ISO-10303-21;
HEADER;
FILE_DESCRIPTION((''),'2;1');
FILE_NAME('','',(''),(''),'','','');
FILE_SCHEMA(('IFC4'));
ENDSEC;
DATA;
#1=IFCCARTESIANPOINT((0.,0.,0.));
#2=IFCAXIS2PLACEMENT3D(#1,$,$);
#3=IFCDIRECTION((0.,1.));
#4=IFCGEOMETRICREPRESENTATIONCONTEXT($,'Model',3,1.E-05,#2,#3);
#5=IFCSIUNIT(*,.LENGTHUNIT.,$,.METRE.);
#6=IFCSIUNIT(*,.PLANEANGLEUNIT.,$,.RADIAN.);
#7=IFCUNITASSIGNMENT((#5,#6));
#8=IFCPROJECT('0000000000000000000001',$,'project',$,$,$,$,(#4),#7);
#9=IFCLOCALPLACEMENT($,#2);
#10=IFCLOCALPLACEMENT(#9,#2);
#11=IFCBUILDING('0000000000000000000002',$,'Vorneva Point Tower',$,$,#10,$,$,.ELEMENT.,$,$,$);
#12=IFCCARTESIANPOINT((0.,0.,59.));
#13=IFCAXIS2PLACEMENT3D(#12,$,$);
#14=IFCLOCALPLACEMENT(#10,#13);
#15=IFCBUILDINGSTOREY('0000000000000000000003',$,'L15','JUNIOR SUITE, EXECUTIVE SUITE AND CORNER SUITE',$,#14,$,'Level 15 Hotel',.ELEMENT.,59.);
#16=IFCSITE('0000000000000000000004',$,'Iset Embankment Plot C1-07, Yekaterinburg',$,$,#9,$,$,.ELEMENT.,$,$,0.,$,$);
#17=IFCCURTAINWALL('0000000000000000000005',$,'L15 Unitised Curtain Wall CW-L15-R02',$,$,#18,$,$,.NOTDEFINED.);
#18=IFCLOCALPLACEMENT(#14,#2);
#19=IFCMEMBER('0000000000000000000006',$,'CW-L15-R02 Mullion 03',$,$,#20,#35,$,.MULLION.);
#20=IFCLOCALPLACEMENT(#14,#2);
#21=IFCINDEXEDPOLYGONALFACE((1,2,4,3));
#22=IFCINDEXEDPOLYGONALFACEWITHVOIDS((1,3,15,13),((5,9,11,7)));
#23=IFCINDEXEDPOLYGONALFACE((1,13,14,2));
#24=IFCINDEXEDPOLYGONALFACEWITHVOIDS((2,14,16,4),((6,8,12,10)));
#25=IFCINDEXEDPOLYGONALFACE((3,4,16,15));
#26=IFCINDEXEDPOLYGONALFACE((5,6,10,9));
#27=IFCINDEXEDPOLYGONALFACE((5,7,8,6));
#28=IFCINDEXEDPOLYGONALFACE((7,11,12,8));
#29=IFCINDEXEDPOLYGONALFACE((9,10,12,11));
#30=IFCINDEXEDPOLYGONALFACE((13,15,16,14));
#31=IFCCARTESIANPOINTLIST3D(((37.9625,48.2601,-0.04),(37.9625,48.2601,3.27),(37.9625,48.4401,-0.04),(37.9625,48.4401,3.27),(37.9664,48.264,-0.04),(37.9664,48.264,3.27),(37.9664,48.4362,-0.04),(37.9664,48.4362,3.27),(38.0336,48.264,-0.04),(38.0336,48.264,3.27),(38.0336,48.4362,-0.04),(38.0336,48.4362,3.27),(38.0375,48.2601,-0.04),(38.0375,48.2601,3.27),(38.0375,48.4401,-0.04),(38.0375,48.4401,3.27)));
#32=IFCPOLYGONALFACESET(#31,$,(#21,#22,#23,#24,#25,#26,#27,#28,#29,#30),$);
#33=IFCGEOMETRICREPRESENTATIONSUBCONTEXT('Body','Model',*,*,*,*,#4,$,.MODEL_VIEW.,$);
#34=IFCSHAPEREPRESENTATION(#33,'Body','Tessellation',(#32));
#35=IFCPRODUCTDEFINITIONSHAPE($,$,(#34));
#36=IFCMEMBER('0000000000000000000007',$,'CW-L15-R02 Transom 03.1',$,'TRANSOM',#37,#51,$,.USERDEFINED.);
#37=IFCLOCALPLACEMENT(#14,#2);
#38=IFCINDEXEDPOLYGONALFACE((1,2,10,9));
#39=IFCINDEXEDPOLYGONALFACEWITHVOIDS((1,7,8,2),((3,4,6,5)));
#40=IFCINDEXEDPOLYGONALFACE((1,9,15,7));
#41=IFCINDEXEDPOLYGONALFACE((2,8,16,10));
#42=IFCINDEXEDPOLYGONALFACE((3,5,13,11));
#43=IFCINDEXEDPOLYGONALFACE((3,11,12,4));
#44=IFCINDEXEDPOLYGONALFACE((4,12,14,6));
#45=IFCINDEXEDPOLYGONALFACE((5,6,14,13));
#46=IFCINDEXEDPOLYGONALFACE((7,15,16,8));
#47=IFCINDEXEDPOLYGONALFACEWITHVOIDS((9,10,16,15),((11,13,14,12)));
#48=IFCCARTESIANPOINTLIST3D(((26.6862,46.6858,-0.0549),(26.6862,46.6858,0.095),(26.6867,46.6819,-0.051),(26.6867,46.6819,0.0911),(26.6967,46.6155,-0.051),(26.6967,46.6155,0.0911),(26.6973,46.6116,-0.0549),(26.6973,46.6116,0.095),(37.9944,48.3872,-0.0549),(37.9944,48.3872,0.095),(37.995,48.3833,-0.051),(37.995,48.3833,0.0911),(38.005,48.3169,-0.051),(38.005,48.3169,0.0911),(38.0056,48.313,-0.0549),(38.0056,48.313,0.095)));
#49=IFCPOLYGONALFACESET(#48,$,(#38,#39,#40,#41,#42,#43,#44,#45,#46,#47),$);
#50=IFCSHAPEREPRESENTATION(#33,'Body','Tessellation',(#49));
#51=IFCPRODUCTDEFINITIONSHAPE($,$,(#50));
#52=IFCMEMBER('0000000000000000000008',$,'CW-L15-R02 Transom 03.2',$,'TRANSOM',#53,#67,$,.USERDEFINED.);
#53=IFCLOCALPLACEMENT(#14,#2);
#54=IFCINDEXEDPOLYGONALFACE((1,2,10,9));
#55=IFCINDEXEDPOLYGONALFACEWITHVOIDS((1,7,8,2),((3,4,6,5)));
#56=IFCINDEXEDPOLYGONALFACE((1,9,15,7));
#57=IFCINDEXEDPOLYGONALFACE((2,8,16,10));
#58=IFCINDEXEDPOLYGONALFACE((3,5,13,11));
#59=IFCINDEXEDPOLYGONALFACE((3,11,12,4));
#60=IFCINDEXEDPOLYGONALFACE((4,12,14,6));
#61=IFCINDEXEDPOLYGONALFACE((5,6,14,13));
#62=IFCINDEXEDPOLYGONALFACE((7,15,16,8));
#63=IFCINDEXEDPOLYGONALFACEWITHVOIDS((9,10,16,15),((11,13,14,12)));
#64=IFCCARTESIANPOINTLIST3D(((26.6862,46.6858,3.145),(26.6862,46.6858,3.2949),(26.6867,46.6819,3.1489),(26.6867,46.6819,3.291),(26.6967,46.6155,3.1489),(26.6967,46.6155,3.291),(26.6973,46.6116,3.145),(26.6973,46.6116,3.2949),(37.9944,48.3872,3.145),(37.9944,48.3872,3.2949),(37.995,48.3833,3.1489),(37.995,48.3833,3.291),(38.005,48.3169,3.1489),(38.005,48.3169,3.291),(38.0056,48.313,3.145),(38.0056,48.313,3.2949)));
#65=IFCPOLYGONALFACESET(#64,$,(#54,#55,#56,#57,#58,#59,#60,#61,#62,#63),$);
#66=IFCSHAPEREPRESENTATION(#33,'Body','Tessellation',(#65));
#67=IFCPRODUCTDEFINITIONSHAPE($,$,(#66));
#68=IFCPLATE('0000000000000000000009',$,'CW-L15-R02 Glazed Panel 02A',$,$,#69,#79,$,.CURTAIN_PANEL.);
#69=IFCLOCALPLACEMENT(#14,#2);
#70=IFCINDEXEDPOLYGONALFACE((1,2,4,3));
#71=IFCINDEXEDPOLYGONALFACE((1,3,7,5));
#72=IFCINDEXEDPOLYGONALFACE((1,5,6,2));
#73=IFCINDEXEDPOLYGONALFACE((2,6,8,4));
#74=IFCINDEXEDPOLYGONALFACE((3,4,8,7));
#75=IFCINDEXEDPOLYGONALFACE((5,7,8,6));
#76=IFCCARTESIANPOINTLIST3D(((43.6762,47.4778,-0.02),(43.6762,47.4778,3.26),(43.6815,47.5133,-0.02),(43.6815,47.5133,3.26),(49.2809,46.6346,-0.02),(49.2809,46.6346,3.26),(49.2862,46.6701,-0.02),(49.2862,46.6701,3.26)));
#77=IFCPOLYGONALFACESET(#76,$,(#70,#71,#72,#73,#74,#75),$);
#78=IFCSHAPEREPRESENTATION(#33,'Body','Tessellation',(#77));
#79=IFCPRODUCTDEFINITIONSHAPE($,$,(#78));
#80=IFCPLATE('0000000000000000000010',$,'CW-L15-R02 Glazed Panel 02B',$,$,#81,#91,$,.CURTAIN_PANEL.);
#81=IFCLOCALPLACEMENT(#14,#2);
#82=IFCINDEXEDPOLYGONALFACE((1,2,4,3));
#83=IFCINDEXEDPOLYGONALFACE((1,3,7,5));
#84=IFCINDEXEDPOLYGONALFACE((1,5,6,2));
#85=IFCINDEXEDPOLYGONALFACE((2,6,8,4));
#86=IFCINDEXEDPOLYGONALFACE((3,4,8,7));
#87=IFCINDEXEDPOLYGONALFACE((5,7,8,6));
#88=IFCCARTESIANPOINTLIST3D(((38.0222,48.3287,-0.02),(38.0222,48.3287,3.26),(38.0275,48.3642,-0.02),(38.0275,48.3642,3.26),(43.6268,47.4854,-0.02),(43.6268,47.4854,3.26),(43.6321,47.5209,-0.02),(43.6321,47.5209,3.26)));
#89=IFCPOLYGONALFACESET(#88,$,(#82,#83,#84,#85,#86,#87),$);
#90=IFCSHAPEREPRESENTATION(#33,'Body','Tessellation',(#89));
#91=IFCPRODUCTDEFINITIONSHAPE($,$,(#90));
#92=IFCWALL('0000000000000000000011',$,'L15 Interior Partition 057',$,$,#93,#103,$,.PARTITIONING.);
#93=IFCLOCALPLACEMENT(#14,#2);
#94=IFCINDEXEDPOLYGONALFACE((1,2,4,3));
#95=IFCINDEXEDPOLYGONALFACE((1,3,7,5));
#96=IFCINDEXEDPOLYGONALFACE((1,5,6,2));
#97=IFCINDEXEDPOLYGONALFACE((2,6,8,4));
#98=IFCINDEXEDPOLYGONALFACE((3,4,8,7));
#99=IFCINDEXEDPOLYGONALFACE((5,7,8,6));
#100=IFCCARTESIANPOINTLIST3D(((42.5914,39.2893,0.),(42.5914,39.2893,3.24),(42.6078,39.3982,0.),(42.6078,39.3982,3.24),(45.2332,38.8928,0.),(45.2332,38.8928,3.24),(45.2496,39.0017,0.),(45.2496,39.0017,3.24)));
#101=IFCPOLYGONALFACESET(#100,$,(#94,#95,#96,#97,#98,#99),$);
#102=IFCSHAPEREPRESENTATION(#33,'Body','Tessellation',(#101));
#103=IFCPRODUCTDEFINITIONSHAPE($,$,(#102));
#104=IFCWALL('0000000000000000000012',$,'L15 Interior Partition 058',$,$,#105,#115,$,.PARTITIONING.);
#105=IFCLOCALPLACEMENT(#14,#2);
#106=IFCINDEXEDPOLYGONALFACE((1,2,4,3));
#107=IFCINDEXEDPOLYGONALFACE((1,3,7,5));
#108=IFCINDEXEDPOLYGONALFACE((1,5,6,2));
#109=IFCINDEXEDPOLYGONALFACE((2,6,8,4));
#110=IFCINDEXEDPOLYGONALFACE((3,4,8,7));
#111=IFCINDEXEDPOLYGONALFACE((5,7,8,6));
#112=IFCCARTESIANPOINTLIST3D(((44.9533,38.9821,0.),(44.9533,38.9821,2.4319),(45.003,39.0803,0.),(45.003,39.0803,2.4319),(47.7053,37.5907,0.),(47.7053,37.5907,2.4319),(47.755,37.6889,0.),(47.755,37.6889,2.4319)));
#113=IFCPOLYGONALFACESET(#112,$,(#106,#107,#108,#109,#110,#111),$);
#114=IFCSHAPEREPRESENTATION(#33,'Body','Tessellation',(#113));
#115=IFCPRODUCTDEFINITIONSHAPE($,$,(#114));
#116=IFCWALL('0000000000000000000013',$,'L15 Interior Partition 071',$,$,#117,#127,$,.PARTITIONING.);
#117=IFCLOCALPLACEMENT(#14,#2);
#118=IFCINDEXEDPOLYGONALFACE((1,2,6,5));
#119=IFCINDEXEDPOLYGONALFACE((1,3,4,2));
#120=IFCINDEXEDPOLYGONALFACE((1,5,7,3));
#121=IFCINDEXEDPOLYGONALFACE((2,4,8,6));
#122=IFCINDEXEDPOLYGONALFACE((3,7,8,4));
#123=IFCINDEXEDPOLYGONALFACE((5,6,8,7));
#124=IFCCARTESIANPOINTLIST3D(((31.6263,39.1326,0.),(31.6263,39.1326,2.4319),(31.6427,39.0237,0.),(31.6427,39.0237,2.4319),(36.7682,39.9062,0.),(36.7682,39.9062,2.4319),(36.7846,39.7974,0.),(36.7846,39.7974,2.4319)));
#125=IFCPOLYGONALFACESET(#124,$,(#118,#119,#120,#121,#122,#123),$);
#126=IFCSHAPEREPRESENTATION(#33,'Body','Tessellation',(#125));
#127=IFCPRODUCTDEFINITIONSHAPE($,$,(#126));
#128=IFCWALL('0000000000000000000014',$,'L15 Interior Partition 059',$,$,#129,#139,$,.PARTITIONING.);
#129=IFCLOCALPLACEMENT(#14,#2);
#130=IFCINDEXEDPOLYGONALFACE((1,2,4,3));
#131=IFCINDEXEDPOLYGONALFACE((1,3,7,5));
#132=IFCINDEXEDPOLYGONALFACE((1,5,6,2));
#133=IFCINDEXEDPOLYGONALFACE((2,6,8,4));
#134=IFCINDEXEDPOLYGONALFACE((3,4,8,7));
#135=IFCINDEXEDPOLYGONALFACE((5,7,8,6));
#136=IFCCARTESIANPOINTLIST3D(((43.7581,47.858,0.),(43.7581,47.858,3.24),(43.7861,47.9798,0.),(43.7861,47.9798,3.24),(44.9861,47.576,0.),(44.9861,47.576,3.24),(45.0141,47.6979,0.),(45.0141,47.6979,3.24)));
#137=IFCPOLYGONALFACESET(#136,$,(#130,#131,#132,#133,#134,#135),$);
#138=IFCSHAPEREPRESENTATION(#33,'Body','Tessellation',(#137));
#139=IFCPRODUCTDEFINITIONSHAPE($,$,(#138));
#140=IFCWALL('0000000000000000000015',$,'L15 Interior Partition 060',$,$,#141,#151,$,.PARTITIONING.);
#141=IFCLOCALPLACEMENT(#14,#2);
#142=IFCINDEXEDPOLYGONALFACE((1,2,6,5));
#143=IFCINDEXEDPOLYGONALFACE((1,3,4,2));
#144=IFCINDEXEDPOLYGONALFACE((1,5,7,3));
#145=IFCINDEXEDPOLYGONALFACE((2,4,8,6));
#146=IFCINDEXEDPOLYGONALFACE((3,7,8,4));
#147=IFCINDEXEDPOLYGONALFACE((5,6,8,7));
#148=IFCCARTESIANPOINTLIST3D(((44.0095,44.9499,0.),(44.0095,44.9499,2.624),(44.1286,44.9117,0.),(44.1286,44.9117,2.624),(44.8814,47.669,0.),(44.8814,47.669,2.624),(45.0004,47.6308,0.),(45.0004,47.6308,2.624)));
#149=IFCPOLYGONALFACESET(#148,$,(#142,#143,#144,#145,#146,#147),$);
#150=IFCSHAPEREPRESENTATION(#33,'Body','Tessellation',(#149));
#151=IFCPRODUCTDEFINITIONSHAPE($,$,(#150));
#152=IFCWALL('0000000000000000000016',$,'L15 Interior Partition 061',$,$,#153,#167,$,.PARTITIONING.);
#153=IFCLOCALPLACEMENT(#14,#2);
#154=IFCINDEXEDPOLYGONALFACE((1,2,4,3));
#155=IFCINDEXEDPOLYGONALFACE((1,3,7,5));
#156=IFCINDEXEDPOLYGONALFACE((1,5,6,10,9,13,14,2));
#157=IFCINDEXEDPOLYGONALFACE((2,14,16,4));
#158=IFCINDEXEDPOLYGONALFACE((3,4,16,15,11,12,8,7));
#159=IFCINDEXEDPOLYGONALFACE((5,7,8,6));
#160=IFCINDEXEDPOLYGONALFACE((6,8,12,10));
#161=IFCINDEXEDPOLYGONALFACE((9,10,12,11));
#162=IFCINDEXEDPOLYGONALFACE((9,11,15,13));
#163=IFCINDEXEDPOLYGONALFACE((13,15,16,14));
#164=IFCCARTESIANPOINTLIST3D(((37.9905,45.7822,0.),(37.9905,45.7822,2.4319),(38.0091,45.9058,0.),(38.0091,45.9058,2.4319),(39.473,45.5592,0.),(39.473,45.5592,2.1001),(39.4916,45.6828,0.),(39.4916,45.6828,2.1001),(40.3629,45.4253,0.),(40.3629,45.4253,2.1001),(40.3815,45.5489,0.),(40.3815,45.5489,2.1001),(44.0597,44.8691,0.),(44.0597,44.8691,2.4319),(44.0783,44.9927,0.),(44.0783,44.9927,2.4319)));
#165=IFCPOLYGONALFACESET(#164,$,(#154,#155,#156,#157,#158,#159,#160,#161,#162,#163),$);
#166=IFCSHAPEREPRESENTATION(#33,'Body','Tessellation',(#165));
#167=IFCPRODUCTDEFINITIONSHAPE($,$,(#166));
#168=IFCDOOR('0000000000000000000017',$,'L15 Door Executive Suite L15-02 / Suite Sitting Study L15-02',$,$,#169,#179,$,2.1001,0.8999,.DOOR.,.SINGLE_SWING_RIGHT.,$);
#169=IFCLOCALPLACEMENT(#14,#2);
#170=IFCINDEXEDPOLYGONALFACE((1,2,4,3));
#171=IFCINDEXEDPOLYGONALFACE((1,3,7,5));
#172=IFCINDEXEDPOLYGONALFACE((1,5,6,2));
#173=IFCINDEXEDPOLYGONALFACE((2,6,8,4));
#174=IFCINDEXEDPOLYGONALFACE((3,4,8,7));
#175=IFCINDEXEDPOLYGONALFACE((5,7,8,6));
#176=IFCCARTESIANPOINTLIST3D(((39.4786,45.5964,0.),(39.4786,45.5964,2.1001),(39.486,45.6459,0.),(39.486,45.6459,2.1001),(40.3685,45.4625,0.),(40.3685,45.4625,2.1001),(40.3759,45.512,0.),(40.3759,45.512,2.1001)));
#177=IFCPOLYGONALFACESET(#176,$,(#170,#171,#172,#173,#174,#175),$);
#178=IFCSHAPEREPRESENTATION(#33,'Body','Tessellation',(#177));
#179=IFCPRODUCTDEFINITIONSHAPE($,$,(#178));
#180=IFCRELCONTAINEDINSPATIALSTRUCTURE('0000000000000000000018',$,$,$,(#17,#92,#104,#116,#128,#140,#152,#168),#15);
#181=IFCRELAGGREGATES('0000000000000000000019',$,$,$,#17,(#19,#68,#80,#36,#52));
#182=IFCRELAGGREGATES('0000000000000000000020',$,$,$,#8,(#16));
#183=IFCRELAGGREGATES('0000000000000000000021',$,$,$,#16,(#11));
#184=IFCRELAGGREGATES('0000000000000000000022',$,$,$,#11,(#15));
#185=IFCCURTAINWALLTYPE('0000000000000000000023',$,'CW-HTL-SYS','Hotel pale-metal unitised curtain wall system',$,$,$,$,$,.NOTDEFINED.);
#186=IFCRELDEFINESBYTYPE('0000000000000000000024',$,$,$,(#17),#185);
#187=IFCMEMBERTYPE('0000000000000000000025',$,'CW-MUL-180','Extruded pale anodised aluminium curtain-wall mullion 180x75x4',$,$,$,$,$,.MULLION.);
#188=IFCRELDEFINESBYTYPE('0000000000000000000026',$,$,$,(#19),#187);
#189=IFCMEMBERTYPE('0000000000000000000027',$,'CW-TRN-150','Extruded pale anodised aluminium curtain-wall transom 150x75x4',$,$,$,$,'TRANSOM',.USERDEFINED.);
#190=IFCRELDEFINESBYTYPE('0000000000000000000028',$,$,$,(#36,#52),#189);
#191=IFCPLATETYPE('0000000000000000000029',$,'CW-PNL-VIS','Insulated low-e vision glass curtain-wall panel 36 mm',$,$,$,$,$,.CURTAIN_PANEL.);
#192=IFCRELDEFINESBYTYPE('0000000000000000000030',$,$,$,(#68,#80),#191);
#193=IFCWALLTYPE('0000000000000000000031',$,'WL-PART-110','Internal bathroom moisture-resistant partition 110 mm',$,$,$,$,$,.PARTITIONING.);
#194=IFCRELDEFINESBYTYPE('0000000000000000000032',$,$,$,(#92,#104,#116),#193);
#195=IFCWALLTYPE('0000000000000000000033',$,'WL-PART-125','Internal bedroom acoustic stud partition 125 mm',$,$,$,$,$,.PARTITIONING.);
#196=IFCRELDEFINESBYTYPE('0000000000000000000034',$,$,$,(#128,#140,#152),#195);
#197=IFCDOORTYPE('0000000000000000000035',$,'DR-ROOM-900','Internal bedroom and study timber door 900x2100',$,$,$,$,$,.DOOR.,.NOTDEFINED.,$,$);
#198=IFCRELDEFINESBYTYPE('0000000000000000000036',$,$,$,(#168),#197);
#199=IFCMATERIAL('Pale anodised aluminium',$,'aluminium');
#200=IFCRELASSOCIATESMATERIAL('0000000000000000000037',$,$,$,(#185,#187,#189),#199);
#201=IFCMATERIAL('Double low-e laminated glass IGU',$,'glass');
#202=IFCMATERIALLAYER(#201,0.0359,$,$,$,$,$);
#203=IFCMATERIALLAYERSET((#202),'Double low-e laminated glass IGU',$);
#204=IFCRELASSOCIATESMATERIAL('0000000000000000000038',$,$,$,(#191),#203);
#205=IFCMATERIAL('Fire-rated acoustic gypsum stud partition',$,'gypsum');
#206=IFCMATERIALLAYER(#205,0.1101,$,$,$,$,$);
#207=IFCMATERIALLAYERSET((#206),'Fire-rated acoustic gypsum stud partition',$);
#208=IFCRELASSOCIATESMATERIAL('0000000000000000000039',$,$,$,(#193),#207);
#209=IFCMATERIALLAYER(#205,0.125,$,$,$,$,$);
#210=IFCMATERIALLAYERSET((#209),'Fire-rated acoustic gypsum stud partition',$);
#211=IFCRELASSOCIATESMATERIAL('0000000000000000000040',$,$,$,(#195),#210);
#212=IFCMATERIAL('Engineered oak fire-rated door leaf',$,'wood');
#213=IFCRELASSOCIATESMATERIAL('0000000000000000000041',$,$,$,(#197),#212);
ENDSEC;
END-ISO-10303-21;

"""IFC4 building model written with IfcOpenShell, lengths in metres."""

from ifc_helpers import new_model, si_unit, direction, frame, frame_2d, origin, origin_2d, place, context, subcontext, project, spatial, rectangle, hollow_rectangle, extrude, material, layer, layer_set, material_profile, profile_set, type_object, element, fill, aggregate, save


model = new_model("IFC4")

# Units and contexts
model_context = context("Model", 3, precision=1e-05, world=origin(), true_north=direction((0.0, 1.0)))
body_context = subcontext(model_context, "Body", "Model", "MODEL_VIEW")
ifc_project = project(units=[si_unit("LENGTHUNIT", "METRE"), si_unit("PLANEANGLEUNIT", "RADIAN")], contexts=[model_context])

# Site, building, storey
site_placement = place(None, origin())
site = spatial("IfcSite", under=ifc_project, at=site_placement, Name="Iset Embankment Plot C1-07, Yekaterinburg", CompositionType="ELEMENT", RefElevation=0.0)
building_placement = place(site_placement, origin())
building = spatial("IfcBuilding", under=site, at=building_placement, Name="Vorneva Point Tower", CompositionType="ELEMENT")
storey_placement = place(building_placement, frame((0.0, 0.0, 59.0)))
storey = spatial("IfcBuildingStorey", under=building, at=storey_placement, Name="L15", Description="JUNIOR SUITE, EXECUTIVE SUITE AND CORNER SUITE", LongName="Level 15 Hotel", CompositionType="ELEMENT", Elevation=59.0)

# Curtain wall, members, plates
ifc_material_1 = material(Name="Pale anodised aluminium", Category="aluminium")
curtain_wall_type = type_object("IfcCurtainWallType", Name="CW-HTL-SYS", Description="Hotel pale-metal unitised curtain wall system", PredefinedType="NOTDEFINED", material=ifc_material_1)
curtain_wall_placement = place(storey_placement, origin())
curtain_wall = element("IfcCurtainWall", 1, at=curtain_wall_placement, inside=storey, type_object=curtain_wall_type, Name="L15 Unitised Curtain Wall CW-L15-R02", PredefinedType="NOTDEFINED")
ifc_material_profile_1 = material_profile(ifc_material_1, hollow_rectangle(XDim=0.075, YDim=0.1799, WallThickness=0.0039, at=origin_2d()), Name="AL-MUL 180x75x4")
ifc_profile_set_1 = profile_set([ifc_material_profile_1], Name="Pale anodised aluminium")
member_type_1 = type_object("IfcMemberType", Name="CW-MUL-180", Description="Extruded pale anodised aluminium curtain-wall mullion 180x75x4", PredefinedType="MULLION", material=ifc_profile_set_1)
member_1_placement = place(storey_placement, frame((38.0, 48.3501, -0.04), z_axis=(0.0, 0.0, 1.0), x_axis=(1.0, 0.0, 0.0)))
member_1 = element("IfcMember", 2, at=member_1_placement, type_object=member_type_1, Name="CW-L15-R02 Mullion 03", PredefinedType="MULLION", context=body_context, shape_type="SweptSolid", body=[
    extrude(hollow_rectangle(XDim=0.075, YDim=0.1799, WallThickness=0.0039, at=origin_2d()), origin(), (0.0, 0.0, 1.0), 3.3101),
])
ifc_material_profile_2 = material_profile(ifc_material_1, hollow_rectangle(XDim=0.075, YDim=0.1499, WallThickness=0.0039, at=origin_2d()), Name="AL-TRN 150x75x4")
ifc_profile_set_2 = profile_set([ifc_material_profile_2], Name="Pale anodised aluminium")
member_type_2 = type_object("IfcMemberType", Name="CW-TRN-150", Description="Extruded pale anodised aluminium curtain-wall transom 150x75x4", ElementType="TRANSOM", PredefinedType="USERDEFINED", material=ifc_profile_set_2)
member_2_placement = place(storey_placement, frame((38.0, 48.3501, 0.02), z_axis=(-0.98887, -0.148782, 0.0), x_axis=(0.148782, -0.98887, 0.0)))
member_2 = element("IfcMember", 3, at=member_2_placement, type_object=member_type_2, Name="CW-L15-R02 Transom 03.1", ObjectType="TRANSOM", PredefinedType="USERDEFINED", context=body_context, shape_type="SweptSolid", body=[
    extrude(hollow_rectangle(XDim=0.075, YDim=0.1499, WallThickness=0.0039, at=origin_2d()), origin(), (0.0, 0.0, 1.0), 11.4355),
])
member_3_placement = place(storey_placement, frame((38.0, 48.3501, 3.22), z_axis=(-0.98887, -0.148782, 0.0), x_axis=(0.148782, -0.98887, 0.0)))
member_3 = element("IfcMember", 4, at=member_3_placement, type_object=member_type_2, Name="CW-L15-R02 Transom 03.2", ObjectType="TRANSOM", PredefinedType="USERDEFINED", context=body_context, shape_type="SweptSolid", body=[
    extrude(hollow_rectangle(XDim=0.075, YDim=0.1499, WallThickness=0.0039, at=origin_2d()), origin(), (0.0, 0.0, 1.0), 11.4355),
])
ifc_material_2 = material(Name="Double low-e laminated glass IGU", Category="glass")
ifc_layer_1 = layer(ifc_material_2, 0.0359)
ifc_layer_set_1 = layer_set([ifc_layer_1], Name="Double low-e laminated glass IGU")
plate_type = type_object("IfcPlateType", Name="CW-PNL-VIS", Description="Insulated low-e vision glass curtain-wall panel 36 mm", PredefinedType="CURTAIN_PANEL", material=ifc_layer_set_1)
plate_1_placement = place(storey_placement, frame((46.4812, 47.074, -0.02), z_axis=(0.0, 0.0, 1.0), x_axis=(-0.988871, 0.148776, 0.0)))
plate_1 = element("IfcPlate", 5, at=plate_1_placement, type_object=plate_type, Name="CW-L15-R02 Glazed Panel 02A", PredefinedType="CURTAIN_PANEL", context=body_context, shape_type="SweptSolid", body=[
    extrude(rectangle(XDim=5.6677, YDim=0.0359, at=origin_2d()), origin(), (0.0, 0.0, 1.0), 3.28),
])
plate_2_placement = place(storey_placement, frame((40.8271, 47.9248, -0.02), z_axis=(0.0, 0.0, 1.0), x_axis=(-0.988871, 0.148776, 0.0)))
plate_2 = element("IfcPlate", 6, at=plate_2_placement, type_object=plate_type, Name="CW-L15-R02 Glazed Panel 02B", PredefinedType="CURTAIN_PANEL", context=body_context, shape_type="SweptSolid", body=[
    extrude(rectangle(XDim=5.6677, YDim=0.0359, at=origin_2d()), origin(), (0.0, 0.0, 1.0), 3.28),
])
aggregate(curtain_wall, [member_1, plate_1, plate_2, member_2, member_3])

# Walls
ifc_material_3 = material(Name="Fire-rated acoustic gypsum stud partition", Category="gypsum")
ifc_layer_2 = layer(ifc_material_3, 0.1101)
ifc_layer_set_2 = layer_set([ifc_layer_2], Name="Fire-rated acoustic gypsum stud partition")
wall_type_1 = type_object("IfcWallType", Name="WL-PART-110", Description="Internal bathroom moisture-resistant partition 110 mm", PredefinedType="PARTITIONING", material=ifc_layer_set_2)
wall_1_placement = place(storey_placement, frame((42.5996, 39.3438, 0.0), z_axis=(0.0, 0.0, 1.0), x_axis=(0.988925, -0.148416, 0.0)))
element("IfcWall", 7, at=wall_1_placement, inside=storey, type_object=wall_type_1, Name="L15 Interior Partition 057", PredefinedType="PARTITIONING", context=body_context, shape_type="SweptSolid", body=[
    extrude(rectangle(XDim=2.6714, YDim=0.1101, at=frame_2d((1.3357, 0.0))), origin(), (0.0, 0.0, 1.0), 3.24),
])
wall_2_placement = place(storey_placement, frame((44.978, 39.0312, 0.0), z_axis=(0.0, 0.0, 1.0), x_axis=(0.892423, -0.451199, 0.0)))
element("IfcWall", 8, at=wall_2_placement, inside=storey, type_object=wall_type_1, Name="L15 Interior Partition 058", PredefinedType="PARTITIONING", context=body_context, shape_type="SweptSolid", body=[
    extrude(rectangle(XDim=3.0837, YDim=0.1101, at=frame_2d((1.542, 0.0))), origin(), (0.0, 0.0, 1.0), 2.4319),
])
wall_3_placement = place(storey_placement, frame((36.7764, 39.8518, 0.0), z_axis=(0.0, 0.0, 1.0), x_axis=(-0.988868, -0.148793, 0.0)))
element("IfcWall", 9, at=wall_3_placement, inside=storey, type_object=wall_type_1, Name="L15 Interior Partition 071", PredefinedType="PARTITIONING", context=body_context, shape_type="SweptSolid", body=[
    extrude(rectangle(XDim=5.1997, YDim=0.1101, at=frame_2d((2.5999, 0.0))), origin(), (0.0, 0.0, 1.0), 2.4319),
])
ifc_layer_3 = layer(ifc_material_3, 0.125)
ifc_layer_set_3 = layer_set([ifc_layer_3], Name="Fire-rated acoustic gypsum stud partition")
wall_type_2 = type_object("IfcWallType", Name="WL-PART-125", Description="Internal bedroom acoustic stud partition 125 mm", PredefinedType="PARTITIONING", material=ifc_layer_set_3)
wall_4_placement = place(storey_placement, frame((45.0, 47.637, 0.0), z_axis=(0.0, 0.0, 1.0), x_axis=(-0.974636, 0.223798, 0.0)))
element("IfcWall", 10, at=wall_4_placement, inside=storey, type_object=wall_type_2, Name="L15 Interior Partition 059", PredefinedType="PARTITIONING", context=body_context, shape_type="SweptSolid", body=[
    extrude(rectangle(XDim=1.26, YDim=0.125, at=frame_2d((0.6299, 0.0))), origin(), (0.0, 0.0, 1.0), 3.24),
])
wall_5_placement = place(storey_placement, frame((44.9409, 47.6499, 0.0), z_axis=(0.0, 0.0, 1.0), x_axis=(-0.305331, -0.952246, 0.0)))
element("IfcWall", 11, at=wall_5_placement, inside=storey, type_object=wall_type_2, Name="L15 Interior Partition 060", PredefinedType="PARTITIONING", context=body_context, shape_type="SweptSolid", body=[
    extrude(rectangle(XDim=2.8555, YDim=0.125, at=frame_2d((1.4277, 0.0))), origin(), (0.0, 0.0, 1.0), 2.624),
])

# Wall, opening, door
wall_6_placement = place(storey_placement, frame((44.0691, 44.9309, 0.0), z_axis=(0.0, 0.0, 1.0), x_axis=(-0.988871, 0.148774, 0.0)))
wall_6 = element("IfcWall", 12, at=wall_6_placement, inside=storey, type_object=wall_type_2, Name="L15 Interior Partition 061", PredefinedType="PARTITIONING", context=body_context, shape_type="SweptSolid", body=[
    extrude(rectangle(XDim=6.1375, YDim=0.125, at=frame_2d((3.0688, 0.0))), origin(), (0.0, 0.0, 1.0), 2.4319),
])
opening_1_placement = place(wall_6_placement, frame((3.7385, 0.0, 0.0)))
opening_1 = element("IfcOpeningElement", 13, at=opening_1_placement, cuts=wall_6, PredefinedType="OPENING", context=body_context, shape_type="SweptSolid", body=[
    extrude(rectangle(XDim=0.8999, YDim=2.1001, at=frame_2d((0.45, 1.05))), frame((0.0, 0.0774, 0.0), z_axis=(0.0, -1.0, 0.0), x_axis=(1.0, 0.0, 0.0)), (0.0, 0.0, 1.0), 0.1548),
])
ifc_material_4 = material(Name="Engineered oak fire-rated door leaf", Category="wood")
door_type_1 = type_object("IfcDoorType", Name="DR-ROOM-900", Description="Internal bedroom and study timber door 900x2100", OperationType="NOTDEFINED", PredefinedType="DOOR", material=ifc_material_4)
door_1_placement = place(opening_1_placement, origin())
door_1 = element("IfcDoor", 14, at=door_1_placement, inside=storey, type_object=door_type_1, Name="L15 Door Executive Suite L15-02 / Suite Sitting Study L15-02", OperationType="SINGLE_SWING_RIGHT", OverallHeight=2.1001, OverallWidth=0.8999, PredefinedType="DOOR", context=body_context, shape_type="SweptSolid", body=[
    extrude(rectangle(XDim=0.8999, YDim=2.1001, at=frame_2d((0.45, 1.05))), frame((0.0, 0.0249, 0.0), z_axis=(0.0, -1.0, 0.0), x_axis=(1.0, 0.0, 0.0)), (0.0, 0.0, 1.0), 0.05),
])
fill(opening_1, door_1)

save(model, "model.ifc")
